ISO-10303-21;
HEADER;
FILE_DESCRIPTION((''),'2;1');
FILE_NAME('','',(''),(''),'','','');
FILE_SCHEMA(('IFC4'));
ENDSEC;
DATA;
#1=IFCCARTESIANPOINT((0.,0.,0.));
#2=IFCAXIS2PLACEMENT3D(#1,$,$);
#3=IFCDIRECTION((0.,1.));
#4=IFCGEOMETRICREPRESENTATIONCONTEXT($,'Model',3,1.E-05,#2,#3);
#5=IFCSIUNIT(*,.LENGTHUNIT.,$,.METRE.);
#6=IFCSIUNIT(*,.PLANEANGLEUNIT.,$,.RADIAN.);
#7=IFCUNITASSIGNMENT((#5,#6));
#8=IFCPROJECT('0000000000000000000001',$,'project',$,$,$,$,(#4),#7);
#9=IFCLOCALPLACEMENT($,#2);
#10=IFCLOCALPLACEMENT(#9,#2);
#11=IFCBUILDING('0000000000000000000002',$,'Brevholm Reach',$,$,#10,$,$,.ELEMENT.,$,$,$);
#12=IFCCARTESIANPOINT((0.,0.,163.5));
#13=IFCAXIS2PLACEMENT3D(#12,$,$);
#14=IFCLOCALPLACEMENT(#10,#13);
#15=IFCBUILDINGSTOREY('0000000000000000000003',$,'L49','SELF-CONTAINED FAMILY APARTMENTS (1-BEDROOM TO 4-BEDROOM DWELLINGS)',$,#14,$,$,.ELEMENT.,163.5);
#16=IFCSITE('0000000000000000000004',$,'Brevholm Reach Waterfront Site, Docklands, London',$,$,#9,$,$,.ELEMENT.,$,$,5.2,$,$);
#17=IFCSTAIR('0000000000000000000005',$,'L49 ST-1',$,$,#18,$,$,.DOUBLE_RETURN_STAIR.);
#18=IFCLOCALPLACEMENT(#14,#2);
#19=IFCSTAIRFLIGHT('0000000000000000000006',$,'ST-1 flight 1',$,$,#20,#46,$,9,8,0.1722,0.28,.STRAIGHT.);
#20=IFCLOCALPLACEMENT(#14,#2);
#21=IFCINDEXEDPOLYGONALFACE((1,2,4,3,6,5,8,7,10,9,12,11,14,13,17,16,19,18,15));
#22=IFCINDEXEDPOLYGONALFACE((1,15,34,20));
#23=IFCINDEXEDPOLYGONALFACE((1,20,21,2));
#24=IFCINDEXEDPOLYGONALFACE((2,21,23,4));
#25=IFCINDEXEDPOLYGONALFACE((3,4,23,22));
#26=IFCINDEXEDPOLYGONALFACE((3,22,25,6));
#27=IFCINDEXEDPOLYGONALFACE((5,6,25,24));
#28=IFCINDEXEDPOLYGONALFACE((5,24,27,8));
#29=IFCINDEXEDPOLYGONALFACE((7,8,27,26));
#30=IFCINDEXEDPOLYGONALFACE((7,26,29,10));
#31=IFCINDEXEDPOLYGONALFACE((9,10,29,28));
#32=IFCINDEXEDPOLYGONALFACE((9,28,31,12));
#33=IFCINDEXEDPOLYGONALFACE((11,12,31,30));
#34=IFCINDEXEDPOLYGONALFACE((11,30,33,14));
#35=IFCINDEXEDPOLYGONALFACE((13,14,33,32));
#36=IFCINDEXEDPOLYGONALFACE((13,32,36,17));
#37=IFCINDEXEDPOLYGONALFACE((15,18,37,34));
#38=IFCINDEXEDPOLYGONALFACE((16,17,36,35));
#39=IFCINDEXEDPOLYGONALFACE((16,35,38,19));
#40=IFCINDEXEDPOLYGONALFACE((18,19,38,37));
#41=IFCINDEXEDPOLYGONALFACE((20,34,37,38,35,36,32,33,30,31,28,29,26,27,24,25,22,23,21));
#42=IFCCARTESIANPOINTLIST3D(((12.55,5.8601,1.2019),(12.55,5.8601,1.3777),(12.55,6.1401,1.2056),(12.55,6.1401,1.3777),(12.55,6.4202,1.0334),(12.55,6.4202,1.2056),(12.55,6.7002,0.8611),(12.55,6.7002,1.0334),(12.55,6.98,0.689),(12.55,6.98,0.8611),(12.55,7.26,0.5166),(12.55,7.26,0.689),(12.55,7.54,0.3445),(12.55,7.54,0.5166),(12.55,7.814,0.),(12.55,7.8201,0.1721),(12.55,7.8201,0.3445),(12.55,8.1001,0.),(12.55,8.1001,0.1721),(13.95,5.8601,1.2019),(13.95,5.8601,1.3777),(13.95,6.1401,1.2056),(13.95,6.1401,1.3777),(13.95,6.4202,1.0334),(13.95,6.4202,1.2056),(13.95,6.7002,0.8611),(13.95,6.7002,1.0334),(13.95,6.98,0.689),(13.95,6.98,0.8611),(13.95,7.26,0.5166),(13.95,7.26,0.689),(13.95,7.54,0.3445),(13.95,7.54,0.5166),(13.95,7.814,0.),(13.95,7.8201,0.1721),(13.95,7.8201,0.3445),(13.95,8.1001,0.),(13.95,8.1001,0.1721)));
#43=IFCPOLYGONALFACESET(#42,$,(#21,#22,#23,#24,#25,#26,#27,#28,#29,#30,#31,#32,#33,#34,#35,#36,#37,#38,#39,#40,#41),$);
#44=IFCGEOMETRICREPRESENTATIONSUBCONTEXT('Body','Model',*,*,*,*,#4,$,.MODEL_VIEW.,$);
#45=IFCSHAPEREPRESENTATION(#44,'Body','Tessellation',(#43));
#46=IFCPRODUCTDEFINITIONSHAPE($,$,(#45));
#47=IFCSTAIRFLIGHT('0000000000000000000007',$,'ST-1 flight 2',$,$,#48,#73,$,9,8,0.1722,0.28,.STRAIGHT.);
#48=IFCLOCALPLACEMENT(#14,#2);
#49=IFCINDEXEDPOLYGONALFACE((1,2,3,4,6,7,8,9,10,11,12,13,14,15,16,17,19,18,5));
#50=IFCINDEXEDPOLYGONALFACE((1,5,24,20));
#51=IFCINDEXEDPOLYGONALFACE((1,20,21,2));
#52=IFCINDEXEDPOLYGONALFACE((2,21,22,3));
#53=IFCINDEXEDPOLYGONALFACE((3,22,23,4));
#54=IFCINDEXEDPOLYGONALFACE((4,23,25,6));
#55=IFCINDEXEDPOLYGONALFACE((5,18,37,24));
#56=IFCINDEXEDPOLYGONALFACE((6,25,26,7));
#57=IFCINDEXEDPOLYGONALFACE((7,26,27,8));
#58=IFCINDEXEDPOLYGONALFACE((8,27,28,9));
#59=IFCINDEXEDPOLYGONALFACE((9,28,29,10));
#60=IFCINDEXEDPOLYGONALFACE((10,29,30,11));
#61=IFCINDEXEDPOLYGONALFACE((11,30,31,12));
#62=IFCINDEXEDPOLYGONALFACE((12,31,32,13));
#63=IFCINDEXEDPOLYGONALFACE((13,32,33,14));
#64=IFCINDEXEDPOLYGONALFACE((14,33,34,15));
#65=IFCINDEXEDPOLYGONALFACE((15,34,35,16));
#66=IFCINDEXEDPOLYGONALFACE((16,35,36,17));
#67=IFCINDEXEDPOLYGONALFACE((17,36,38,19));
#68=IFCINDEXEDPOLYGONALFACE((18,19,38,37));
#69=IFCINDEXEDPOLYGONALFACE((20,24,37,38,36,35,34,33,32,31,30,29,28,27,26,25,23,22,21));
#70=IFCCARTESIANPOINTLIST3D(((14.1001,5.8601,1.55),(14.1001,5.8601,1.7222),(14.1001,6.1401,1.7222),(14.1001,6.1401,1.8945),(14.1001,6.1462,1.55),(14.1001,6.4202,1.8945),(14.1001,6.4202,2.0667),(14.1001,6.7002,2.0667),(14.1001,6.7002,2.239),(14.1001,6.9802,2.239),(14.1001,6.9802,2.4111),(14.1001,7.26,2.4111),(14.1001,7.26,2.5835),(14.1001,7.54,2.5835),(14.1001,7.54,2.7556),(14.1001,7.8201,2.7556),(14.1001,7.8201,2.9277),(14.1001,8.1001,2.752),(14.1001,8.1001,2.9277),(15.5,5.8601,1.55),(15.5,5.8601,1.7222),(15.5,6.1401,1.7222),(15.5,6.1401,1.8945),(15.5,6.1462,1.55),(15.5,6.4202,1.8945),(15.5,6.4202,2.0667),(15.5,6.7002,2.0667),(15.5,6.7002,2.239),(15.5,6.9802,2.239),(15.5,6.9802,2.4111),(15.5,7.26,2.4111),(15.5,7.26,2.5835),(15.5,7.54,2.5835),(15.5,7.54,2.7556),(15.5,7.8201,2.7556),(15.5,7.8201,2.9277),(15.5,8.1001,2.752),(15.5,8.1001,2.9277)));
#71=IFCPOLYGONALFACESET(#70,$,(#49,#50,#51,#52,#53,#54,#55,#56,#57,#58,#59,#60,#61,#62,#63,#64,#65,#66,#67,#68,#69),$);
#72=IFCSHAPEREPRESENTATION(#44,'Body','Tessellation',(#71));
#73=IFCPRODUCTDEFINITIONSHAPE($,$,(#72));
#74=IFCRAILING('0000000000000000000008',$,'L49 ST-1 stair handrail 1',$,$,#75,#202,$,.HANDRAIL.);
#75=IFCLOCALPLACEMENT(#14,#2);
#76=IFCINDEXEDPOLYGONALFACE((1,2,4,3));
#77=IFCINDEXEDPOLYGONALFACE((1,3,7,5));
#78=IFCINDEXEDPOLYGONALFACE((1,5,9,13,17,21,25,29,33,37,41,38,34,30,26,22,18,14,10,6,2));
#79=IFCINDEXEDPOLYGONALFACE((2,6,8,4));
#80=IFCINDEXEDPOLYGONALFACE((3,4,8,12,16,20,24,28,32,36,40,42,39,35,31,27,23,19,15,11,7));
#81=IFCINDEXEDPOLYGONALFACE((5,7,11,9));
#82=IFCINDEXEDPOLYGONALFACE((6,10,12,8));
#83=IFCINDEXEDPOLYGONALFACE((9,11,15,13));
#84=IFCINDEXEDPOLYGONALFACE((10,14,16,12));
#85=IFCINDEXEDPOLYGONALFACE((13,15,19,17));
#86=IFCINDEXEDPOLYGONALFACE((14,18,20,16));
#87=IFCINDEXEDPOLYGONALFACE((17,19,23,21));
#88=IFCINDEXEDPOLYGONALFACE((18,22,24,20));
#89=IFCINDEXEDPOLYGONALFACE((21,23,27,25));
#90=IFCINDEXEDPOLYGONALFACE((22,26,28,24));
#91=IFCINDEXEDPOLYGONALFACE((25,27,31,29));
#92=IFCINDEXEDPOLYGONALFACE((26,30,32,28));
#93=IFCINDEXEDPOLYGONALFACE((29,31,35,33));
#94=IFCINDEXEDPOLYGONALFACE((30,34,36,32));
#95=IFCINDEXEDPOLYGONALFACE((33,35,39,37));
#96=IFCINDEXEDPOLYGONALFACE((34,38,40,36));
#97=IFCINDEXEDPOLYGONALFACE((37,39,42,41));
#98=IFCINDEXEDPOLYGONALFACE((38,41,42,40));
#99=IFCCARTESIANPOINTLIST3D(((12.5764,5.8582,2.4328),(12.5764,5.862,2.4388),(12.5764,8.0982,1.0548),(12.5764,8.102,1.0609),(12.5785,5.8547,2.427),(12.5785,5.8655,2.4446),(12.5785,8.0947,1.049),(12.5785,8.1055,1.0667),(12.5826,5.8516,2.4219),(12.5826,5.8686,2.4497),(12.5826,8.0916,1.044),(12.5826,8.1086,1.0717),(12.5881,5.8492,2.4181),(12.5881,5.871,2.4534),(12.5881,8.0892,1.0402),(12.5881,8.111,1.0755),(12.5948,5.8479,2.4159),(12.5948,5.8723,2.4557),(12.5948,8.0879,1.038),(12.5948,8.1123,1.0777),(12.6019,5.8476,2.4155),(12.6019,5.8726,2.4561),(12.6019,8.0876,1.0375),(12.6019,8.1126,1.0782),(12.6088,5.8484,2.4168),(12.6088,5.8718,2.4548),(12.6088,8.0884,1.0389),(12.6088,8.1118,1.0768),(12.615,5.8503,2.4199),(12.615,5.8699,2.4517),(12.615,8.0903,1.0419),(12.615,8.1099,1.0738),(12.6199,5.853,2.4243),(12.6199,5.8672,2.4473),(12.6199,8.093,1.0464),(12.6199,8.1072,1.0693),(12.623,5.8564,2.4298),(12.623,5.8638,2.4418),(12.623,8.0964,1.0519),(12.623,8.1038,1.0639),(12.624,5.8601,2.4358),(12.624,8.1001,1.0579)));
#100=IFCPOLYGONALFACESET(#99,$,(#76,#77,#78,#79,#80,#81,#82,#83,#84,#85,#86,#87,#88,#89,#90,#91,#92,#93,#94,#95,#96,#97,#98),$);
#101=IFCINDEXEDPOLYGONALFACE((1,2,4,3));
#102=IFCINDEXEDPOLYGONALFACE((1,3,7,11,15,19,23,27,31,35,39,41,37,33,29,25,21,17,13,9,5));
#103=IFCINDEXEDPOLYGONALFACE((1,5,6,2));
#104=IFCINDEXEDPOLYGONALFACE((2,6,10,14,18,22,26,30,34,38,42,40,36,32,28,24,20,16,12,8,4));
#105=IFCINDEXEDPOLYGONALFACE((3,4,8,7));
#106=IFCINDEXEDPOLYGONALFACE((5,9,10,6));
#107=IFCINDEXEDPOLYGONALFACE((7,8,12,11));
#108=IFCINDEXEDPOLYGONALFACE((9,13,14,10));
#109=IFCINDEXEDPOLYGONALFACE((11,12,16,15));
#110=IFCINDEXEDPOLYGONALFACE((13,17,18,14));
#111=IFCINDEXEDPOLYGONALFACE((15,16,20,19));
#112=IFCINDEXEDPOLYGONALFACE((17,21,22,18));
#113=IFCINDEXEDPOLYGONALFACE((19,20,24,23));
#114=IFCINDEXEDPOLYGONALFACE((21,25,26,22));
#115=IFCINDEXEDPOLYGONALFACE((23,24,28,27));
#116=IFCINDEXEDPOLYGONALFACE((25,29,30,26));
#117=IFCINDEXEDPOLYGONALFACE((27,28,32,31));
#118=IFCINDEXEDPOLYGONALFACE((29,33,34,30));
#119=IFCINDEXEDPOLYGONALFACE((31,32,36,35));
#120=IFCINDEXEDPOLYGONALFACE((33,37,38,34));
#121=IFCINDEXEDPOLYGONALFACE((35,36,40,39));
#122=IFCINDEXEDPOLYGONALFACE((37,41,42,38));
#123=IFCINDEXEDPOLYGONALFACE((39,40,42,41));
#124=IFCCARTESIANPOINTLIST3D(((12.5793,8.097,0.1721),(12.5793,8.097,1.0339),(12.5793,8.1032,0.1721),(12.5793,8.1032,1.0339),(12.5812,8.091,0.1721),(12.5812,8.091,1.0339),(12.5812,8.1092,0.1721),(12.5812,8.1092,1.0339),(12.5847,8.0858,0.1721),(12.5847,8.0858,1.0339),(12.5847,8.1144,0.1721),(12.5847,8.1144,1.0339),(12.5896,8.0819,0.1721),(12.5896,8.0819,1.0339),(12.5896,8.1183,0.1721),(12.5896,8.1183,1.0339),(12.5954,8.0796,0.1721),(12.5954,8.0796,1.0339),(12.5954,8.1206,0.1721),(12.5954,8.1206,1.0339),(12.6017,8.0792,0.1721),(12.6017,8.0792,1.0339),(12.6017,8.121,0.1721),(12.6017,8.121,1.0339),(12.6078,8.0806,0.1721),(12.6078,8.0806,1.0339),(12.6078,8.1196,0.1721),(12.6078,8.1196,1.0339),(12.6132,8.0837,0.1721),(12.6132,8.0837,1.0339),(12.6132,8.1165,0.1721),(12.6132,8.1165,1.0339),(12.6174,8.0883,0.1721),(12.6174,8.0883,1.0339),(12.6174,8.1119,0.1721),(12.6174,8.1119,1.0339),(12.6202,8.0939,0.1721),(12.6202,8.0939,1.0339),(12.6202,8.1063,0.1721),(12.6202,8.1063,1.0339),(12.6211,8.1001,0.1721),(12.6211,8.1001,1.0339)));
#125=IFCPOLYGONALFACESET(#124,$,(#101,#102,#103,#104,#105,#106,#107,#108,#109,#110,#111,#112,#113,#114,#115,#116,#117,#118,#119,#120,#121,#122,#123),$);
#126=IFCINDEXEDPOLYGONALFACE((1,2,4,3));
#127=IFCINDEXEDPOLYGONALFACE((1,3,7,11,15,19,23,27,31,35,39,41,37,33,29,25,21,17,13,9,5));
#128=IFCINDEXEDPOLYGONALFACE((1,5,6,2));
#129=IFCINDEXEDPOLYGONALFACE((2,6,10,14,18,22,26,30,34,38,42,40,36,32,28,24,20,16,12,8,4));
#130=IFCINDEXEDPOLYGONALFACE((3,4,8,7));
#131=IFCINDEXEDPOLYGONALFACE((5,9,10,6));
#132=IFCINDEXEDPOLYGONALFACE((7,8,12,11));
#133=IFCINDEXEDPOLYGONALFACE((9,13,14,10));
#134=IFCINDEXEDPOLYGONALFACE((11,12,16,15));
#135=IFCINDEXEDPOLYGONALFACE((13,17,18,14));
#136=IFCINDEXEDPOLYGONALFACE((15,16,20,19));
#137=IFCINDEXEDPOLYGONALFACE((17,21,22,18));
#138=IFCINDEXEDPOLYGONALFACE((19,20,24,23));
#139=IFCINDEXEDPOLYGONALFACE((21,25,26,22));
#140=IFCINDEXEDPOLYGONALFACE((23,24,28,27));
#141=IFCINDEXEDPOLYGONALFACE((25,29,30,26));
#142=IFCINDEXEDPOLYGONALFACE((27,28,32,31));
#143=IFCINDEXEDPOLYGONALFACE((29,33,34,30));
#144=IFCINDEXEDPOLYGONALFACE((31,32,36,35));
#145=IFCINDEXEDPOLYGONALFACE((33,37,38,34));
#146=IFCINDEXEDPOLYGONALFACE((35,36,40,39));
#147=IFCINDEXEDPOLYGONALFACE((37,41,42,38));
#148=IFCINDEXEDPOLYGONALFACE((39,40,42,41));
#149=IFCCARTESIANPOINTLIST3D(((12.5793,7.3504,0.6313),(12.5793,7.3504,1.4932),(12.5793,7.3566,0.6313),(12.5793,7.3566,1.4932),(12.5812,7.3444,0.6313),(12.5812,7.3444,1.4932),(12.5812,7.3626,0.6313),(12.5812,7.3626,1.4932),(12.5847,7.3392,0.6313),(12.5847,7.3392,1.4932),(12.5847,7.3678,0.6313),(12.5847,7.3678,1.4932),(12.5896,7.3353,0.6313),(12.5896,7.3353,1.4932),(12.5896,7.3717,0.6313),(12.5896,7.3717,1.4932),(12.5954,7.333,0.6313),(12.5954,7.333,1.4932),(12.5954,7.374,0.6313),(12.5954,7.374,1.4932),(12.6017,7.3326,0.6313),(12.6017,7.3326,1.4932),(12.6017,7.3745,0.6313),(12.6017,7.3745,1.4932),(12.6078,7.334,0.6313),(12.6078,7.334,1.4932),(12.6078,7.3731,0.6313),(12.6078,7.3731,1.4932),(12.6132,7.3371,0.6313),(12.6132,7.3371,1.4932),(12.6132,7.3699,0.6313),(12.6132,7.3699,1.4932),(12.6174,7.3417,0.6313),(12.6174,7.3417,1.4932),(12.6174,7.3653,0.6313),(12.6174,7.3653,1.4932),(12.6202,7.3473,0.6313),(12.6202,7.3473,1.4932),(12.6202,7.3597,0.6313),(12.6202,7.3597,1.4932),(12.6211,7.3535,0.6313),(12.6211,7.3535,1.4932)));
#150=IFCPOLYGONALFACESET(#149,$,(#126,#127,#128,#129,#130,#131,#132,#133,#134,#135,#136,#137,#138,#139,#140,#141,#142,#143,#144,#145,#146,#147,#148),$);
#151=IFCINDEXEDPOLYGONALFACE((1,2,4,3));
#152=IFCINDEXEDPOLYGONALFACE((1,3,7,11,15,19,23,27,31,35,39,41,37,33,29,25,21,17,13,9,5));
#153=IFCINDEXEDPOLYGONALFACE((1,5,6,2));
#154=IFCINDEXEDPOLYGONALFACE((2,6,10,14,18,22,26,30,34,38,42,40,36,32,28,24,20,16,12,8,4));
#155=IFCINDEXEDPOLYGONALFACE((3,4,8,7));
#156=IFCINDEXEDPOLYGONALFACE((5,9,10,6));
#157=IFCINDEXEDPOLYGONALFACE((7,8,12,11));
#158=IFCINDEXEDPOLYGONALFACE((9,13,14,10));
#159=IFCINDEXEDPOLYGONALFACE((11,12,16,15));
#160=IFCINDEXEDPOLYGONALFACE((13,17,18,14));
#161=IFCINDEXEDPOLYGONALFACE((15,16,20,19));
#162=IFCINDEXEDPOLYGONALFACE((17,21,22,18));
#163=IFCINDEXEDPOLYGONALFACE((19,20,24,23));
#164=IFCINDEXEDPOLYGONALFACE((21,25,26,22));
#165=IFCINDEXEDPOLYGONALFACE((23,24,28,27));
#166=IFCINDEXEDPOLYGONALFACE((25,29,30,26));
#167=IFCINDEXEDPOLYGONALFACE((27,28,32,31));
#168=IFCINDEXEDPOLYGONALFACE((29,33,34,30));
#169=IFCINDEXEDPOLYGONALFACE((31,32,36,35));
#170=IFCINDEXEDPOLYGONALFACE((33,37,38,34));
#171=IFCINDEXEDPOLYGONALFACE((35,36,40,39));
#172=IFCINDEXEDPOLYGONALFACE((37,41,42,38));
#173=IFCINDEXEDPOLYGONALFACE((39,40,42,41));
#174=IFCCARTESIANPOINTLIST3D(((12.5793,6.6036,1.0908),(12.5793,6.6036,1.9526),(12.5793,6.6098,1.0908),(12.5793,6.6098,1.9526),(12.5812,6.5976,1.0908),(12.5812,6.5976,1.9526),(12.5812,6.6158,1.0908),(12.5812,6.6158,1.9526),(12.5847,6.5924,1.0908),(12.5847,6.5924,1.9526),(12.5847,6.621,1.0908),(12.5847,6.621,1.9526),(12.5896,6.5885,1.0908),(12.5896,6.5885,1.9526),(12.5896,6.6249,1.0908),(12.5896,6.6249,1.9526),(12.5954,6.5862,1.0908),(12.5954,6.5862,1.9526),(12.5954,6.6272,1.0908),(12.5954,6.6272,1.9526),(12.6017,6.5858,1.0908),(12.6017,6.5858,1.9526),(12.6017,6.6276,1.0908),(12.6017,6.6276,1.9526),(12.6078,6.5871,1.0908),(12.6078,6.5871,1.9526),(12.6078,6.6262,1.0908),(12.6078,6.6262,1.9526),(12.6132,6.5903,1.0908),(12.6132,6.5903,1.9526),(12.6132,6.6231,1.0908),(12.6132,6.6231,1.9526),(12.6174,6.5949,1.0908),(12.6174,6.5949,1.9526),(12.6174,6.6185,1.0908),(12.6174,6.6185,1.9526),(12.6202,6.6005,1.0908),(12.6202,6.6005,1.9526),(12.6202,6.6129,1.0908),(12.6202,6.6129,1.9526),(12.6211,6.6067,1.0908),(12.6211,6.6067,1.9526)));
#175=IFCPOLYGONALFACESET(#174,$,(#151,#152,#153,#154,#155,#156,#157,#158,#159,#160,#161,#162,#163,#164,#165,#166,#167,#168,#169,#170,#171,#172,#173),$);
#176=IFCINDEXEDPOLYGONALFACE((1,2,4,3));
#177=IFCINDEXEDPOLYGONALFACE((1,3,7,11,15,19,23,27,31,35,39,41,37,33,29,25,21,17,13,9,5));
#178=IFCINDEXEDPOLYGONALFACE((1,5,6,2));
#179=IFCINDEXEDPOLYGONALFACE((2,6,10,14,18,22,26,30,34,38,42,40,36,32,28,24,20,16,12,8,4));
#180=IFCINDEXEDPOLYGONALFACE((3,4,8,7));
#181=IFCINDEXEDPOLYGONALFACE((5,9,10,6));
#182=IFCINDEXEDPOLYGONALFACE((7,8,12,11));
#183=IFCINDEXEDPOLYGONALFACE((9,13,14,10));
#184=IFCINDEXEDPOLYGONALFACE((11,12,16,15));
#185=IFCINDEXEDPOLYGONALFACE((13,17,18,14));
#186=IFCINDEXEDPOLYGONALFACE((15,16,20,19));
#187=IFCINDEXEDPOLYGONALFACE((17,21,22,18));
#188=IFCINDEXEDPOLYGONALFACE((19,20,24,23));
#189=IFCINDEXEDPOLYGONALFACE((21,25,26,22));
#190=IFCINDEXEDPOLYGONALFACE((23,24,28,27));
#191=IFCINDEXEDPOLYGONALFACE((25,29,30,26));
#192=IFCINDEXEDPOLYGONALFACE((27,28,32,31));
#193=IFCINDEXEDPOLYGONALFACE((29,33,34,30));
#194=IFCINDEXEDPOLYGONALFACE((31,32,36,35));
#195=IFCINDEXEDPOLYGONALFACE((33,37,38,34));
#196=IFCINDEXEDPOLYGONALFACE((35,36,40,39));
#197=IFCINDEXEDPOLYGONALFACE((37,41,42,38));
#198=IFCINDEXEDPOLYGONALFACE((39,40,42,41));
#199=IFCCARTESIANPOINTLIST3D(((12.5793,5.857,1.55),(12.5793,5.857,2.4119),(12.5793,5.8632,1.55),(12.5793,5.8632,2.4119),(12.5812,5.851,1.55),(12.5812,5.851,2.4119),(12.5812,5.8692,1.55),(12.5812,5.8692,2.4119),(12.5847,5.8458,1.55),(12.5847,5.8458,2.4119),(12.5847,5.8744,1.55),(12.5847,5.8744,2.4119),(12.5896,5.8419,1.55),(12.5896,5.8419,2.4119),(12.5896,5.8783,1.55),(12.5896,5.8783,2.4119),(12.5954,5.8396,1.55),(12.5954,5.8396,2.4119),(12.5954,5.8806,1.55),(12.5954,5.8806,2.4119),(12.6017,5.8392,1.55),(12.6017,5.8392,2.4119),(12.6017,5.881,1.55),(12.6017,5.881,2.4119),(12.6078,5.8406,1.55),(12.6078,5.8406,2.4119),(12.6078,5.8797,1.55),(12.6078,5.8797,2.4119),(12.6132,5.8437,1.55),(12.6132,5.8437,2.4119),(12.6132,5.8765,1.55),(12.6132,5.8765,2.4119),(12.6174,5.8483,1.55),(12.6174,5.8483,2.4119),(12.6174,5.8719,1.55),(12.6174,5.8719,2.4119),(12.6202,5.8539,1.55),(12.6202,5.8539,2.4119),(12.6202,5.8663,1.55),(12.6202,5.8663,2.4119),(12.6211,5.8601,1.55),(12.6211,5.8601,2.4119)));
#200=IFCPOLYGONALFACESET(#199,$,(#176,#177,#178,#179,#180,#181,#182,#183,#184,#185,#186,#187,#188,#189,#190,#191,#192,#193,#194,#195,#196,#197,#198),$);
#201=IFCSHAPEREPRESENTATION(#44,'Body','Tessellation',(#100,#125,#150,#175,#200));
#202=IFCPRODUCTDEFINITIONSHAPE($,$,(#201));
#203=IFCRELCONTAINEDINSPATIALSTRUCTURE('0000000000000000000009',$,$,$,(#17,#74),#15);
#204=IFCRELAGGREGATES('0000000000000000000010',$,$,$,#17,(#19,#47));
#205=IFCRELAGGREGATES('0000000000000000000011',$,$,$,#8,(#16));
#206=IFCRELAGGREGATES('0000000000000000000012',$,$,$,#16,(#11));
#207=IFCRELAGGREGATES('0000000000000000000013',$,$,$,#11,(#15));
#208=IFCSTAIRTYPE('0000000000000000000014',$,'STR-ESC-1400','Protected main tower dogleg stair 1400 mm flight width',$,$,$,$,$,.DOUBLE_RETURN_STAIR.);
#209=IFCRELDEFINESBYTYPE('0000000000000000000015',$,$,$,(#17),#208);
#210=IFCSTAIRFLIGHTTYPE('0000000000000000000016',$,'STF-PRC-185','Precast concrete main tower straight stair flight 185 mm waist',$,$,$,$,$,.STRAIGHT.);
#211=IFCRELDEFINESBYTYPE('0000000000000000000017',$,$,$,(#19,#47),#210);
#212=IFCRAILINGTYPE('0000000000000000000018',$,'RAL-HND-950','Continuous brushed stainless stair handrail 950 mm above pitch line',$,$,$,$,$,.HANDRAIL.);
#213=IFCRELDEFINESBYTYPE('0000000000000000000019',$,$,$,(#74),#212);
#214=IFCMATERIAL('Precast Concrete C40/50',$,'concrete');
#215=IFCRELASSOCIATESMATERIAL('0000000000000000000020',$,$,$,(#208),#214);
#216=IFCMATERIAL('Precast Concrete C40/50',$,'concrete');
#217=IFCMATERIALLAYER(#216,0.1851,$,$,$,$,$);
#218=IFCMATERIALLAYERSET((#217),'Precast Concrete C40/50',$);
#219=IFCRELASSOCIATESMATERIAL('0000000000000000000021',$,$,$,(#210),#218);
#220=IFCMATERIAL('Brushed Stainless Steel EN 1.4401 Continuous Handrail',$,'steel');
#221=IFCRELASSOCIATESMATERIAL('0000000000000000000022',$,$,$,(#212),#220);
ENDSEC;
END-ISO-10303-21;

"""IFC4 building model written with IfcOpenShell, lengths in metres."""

from ifc_helpers import new_model, si_unit, direction, frame, origin, origin_2d, place, context, subcontext, project, spatial, polyline, circle, outline, extrude, material, layer, layer_set, type_object, element, aggregate, save


model = new_model("IFC4")

# Units and contexts
model_context = context("Model", 3, precision=1e-05, world=origin(), true_north=direction((0.0, 1.0)))
body_context = subcontext(model_context, "Body", "Model", "MODEL_VIEW")
ifc_project = project(units=[si_unit("LENGTHUNIT", "METRE"), si_unit("PLANEANGLEUNIT", "RADIAN")], contexts=[model_context])

# Site, building, storey
site_placement = place(None, origin())
site = spatial("IfcSite", under=ifc_project, at=site_placement, Name="Brevholm Reach Waterfront Site, Docklands, London", CompositionType="ELEMENT", RefElevation=5.2)
building_placement = place(site_placement, origin())
building = spatial("IfcBuilding", under=site, at=building_placement, Name="Brevholm Reach", CompositionType="ELEMENT")
storey_placement = place(building_placement, frame((0.0, 0.0, 163.5)))
storey = spatial("IfcBuildingStorey", under=building, at=storey_placement, Name="L49", Description="SELF-CONTAINED FAMILY APARTMENTS (1-BEDROOM TO 4-BEDROOM DWELLINGS)", CompositionType="ELEMENT", Elevation=163.5)

# Stair, stair flights
ifc_material_1 = material(Name="Precast Concrete C40/50", Category="concrete")
stair_type = type_object("IfcStairType", Name="STR-ESC-1400", Description="Protected main tower dogleg stair 1400 mm flight width", PredefinedType="DOUBLE_RETURN_STAIR", material=ifc_material_1)
stair_placement = place(storey_placement, origin())
stair = element("IfcStair", 1, at=stair_placement, inside=storey, type_object=stair_type, Name="L49 ST-1", PredefinedType="DOUBLE_RETURN_STAIR")
ifc_material_2 = material(Name="Precast Concrete C40/50", Category="concrete")
ifc_layer_1 = layer(ifc_material_2, 0.1851)
ifc_layer_set_1 = layer_set([ifc_layer_1], Name="Precast Concrete C40/50")
stair_flight_type = type_object("IfcStairFlightType", Name="STF-PRC-185", Description="Precast concrete main tower straight stair flight 185 mm waist", PredefinedType="STRAIGHT", material=ifc_layer_set_1)
stair_flight_1_placement = place(storey_placement, frame((13.25, 8.1001, 0.0), z_axis=(0.0, 0.0, 1.0), x_axis=(0.0, -1.0, 0.0)))
stair_flight_1 = element("IfcStairFlight", 2, at=stair_flight_1_placement, type_object=stair_flight_type, Name="ST-1 flight 1", NumberOfRisers=9, NumberOfTreads=8, PredefinedType="STRAIGHT", RiserHeight=0.1722, TreadLength=0.28, context=body_context, shape_type="SweptSolid", body=[
    extrude(outline(polyline([(0.0, 0.0), (0.0, 0.1721), (0.28, 0.1721), (0.28, 0.3445), (0.5601, 0.3445), (0.5601, 0.5166), (0.8401, 0.5166), (0.8401, 0.689), (1.1201, 0.689), (1.1201, 0.8611), (1.3999, 0.8611), (1.3999, 1.0334), (1.6799, 1.0334), (1.6799, 1.2056), (1.96, 1.2056), (1.96, 1.3777), (2.24, 1.3777), (2.24, 1.55), (2.24, 1.2019), (0.2861, 0.0), (0.0, 0.0)])), frame((0.0, 0.7, 0.0), z_axis=(0.0, -1.0, 0.0), x_axis=(1.0, 0.0, 0.0)), (0.0, 0.0, 1.0), 1.3999),
])
stair_flight_2_placement = place(storey_placement, frame((14.8, 5.8601, 1.55), z_axis=(0.0, 0.0, 1.0), x_axis=(0.0, 1.0, 0.0)))
stair_flight_2 = element("IfcStairFlight", 3, at=stair_flight_2_placement, type_object=stair_flight_type, Name="ST-1 flight 2", NumberOfRisers=9, NumberOfTreads=8, PredefinedType="STRAIGHT", RiserHeight=0.1722, TreadLength=0.28, context=body_context, shape_type="SweptSolid", body=[
    extrude(outline(polyline([(0.0, 0.0), (0.0, 0.1721), (0.28, 0.1721), (0.28, 0.3445), (0.5601, 0.3445), (0.5601, 0.5166), (0.8401, 0.5166), (0.8401, 0.689), (1.1201, 0.689), (1.1201, 0.8611), (1.3999, 0.8611), (1.3999, 1.0334), (1.6799, 1.0334), (1.6799, 1.2056), (1.96, 1.2056), (1.96, 1.3777), (2.24, 1.3777), (2.24, 1.55), (2.24, 1.2019), (0.2861, 0.0), (0.0, 0.0)])), frame((0.0, 0.7, 0.0), z_axis=(0.0, -1.0, 0.0), x_axis=(1.0, 0.0, 0.0)), (0.0, 0.0, 1.0), 1.3999),
])
aggregate(stair, [stair_flight_1, stair_flight_2])

# Railing
ifc_material_3 = material(Name="Brushed Stainless Steel EN 1.4401 Continuous Handrail", Category="steel")
railing_type_1 = type_object("IfcRailingType", Name="RAL-HND-950", Description="Continuous brushed stainless stair handrail 950 mm above pitch line", PredefinedType="HANDRAIL", material=ifc_material_3)
railing_1_placement = place(storey_placement, frame((12.6001, 8.1001, 0.1721)))
element("IfcRailing", 4, at=railing_1_placement, inside=storey, type_object=railing_type_1, Name="L49 ST-1 stair handrail 1", PredefinedType="HANDRAIL", context=body_context, shape_type="SweptSolid", body=[
    extrude(circle(Radius=0.0239, at=origin_2d()), frame((0.0, 0.0, 0.8857), z_axis=(0.0, -0.851748, 0.523952), x_axis=(1.0, 0.0, 0.0)), (0.0, 0.0, 1.0), 2.6299),
    extrude(circle(Radius=0.021, at=origin_2d()), origin(), (0.0, 0.0, 1.0), 0.8618),
    extrude(circle(Radius=0.021, at=origin_2d()), frame((0.0, -0.7466, 0.4592)), (0.0, 0.0, 1.0), 0.8618),
    extrude(circle(Radius=0.021, at=origin_2d()), frame((0.0, -1.4934, 0.9187)), (0.0, 0.0, 1.0), 0.8618),
    extrude(circle(Radius=0.021, at=origin_2d()), frame((0.0, -2.24, 1.3779)), (0.0, 0.0, 1.0), 0.8618),
])

save(model, "model.ifc")
